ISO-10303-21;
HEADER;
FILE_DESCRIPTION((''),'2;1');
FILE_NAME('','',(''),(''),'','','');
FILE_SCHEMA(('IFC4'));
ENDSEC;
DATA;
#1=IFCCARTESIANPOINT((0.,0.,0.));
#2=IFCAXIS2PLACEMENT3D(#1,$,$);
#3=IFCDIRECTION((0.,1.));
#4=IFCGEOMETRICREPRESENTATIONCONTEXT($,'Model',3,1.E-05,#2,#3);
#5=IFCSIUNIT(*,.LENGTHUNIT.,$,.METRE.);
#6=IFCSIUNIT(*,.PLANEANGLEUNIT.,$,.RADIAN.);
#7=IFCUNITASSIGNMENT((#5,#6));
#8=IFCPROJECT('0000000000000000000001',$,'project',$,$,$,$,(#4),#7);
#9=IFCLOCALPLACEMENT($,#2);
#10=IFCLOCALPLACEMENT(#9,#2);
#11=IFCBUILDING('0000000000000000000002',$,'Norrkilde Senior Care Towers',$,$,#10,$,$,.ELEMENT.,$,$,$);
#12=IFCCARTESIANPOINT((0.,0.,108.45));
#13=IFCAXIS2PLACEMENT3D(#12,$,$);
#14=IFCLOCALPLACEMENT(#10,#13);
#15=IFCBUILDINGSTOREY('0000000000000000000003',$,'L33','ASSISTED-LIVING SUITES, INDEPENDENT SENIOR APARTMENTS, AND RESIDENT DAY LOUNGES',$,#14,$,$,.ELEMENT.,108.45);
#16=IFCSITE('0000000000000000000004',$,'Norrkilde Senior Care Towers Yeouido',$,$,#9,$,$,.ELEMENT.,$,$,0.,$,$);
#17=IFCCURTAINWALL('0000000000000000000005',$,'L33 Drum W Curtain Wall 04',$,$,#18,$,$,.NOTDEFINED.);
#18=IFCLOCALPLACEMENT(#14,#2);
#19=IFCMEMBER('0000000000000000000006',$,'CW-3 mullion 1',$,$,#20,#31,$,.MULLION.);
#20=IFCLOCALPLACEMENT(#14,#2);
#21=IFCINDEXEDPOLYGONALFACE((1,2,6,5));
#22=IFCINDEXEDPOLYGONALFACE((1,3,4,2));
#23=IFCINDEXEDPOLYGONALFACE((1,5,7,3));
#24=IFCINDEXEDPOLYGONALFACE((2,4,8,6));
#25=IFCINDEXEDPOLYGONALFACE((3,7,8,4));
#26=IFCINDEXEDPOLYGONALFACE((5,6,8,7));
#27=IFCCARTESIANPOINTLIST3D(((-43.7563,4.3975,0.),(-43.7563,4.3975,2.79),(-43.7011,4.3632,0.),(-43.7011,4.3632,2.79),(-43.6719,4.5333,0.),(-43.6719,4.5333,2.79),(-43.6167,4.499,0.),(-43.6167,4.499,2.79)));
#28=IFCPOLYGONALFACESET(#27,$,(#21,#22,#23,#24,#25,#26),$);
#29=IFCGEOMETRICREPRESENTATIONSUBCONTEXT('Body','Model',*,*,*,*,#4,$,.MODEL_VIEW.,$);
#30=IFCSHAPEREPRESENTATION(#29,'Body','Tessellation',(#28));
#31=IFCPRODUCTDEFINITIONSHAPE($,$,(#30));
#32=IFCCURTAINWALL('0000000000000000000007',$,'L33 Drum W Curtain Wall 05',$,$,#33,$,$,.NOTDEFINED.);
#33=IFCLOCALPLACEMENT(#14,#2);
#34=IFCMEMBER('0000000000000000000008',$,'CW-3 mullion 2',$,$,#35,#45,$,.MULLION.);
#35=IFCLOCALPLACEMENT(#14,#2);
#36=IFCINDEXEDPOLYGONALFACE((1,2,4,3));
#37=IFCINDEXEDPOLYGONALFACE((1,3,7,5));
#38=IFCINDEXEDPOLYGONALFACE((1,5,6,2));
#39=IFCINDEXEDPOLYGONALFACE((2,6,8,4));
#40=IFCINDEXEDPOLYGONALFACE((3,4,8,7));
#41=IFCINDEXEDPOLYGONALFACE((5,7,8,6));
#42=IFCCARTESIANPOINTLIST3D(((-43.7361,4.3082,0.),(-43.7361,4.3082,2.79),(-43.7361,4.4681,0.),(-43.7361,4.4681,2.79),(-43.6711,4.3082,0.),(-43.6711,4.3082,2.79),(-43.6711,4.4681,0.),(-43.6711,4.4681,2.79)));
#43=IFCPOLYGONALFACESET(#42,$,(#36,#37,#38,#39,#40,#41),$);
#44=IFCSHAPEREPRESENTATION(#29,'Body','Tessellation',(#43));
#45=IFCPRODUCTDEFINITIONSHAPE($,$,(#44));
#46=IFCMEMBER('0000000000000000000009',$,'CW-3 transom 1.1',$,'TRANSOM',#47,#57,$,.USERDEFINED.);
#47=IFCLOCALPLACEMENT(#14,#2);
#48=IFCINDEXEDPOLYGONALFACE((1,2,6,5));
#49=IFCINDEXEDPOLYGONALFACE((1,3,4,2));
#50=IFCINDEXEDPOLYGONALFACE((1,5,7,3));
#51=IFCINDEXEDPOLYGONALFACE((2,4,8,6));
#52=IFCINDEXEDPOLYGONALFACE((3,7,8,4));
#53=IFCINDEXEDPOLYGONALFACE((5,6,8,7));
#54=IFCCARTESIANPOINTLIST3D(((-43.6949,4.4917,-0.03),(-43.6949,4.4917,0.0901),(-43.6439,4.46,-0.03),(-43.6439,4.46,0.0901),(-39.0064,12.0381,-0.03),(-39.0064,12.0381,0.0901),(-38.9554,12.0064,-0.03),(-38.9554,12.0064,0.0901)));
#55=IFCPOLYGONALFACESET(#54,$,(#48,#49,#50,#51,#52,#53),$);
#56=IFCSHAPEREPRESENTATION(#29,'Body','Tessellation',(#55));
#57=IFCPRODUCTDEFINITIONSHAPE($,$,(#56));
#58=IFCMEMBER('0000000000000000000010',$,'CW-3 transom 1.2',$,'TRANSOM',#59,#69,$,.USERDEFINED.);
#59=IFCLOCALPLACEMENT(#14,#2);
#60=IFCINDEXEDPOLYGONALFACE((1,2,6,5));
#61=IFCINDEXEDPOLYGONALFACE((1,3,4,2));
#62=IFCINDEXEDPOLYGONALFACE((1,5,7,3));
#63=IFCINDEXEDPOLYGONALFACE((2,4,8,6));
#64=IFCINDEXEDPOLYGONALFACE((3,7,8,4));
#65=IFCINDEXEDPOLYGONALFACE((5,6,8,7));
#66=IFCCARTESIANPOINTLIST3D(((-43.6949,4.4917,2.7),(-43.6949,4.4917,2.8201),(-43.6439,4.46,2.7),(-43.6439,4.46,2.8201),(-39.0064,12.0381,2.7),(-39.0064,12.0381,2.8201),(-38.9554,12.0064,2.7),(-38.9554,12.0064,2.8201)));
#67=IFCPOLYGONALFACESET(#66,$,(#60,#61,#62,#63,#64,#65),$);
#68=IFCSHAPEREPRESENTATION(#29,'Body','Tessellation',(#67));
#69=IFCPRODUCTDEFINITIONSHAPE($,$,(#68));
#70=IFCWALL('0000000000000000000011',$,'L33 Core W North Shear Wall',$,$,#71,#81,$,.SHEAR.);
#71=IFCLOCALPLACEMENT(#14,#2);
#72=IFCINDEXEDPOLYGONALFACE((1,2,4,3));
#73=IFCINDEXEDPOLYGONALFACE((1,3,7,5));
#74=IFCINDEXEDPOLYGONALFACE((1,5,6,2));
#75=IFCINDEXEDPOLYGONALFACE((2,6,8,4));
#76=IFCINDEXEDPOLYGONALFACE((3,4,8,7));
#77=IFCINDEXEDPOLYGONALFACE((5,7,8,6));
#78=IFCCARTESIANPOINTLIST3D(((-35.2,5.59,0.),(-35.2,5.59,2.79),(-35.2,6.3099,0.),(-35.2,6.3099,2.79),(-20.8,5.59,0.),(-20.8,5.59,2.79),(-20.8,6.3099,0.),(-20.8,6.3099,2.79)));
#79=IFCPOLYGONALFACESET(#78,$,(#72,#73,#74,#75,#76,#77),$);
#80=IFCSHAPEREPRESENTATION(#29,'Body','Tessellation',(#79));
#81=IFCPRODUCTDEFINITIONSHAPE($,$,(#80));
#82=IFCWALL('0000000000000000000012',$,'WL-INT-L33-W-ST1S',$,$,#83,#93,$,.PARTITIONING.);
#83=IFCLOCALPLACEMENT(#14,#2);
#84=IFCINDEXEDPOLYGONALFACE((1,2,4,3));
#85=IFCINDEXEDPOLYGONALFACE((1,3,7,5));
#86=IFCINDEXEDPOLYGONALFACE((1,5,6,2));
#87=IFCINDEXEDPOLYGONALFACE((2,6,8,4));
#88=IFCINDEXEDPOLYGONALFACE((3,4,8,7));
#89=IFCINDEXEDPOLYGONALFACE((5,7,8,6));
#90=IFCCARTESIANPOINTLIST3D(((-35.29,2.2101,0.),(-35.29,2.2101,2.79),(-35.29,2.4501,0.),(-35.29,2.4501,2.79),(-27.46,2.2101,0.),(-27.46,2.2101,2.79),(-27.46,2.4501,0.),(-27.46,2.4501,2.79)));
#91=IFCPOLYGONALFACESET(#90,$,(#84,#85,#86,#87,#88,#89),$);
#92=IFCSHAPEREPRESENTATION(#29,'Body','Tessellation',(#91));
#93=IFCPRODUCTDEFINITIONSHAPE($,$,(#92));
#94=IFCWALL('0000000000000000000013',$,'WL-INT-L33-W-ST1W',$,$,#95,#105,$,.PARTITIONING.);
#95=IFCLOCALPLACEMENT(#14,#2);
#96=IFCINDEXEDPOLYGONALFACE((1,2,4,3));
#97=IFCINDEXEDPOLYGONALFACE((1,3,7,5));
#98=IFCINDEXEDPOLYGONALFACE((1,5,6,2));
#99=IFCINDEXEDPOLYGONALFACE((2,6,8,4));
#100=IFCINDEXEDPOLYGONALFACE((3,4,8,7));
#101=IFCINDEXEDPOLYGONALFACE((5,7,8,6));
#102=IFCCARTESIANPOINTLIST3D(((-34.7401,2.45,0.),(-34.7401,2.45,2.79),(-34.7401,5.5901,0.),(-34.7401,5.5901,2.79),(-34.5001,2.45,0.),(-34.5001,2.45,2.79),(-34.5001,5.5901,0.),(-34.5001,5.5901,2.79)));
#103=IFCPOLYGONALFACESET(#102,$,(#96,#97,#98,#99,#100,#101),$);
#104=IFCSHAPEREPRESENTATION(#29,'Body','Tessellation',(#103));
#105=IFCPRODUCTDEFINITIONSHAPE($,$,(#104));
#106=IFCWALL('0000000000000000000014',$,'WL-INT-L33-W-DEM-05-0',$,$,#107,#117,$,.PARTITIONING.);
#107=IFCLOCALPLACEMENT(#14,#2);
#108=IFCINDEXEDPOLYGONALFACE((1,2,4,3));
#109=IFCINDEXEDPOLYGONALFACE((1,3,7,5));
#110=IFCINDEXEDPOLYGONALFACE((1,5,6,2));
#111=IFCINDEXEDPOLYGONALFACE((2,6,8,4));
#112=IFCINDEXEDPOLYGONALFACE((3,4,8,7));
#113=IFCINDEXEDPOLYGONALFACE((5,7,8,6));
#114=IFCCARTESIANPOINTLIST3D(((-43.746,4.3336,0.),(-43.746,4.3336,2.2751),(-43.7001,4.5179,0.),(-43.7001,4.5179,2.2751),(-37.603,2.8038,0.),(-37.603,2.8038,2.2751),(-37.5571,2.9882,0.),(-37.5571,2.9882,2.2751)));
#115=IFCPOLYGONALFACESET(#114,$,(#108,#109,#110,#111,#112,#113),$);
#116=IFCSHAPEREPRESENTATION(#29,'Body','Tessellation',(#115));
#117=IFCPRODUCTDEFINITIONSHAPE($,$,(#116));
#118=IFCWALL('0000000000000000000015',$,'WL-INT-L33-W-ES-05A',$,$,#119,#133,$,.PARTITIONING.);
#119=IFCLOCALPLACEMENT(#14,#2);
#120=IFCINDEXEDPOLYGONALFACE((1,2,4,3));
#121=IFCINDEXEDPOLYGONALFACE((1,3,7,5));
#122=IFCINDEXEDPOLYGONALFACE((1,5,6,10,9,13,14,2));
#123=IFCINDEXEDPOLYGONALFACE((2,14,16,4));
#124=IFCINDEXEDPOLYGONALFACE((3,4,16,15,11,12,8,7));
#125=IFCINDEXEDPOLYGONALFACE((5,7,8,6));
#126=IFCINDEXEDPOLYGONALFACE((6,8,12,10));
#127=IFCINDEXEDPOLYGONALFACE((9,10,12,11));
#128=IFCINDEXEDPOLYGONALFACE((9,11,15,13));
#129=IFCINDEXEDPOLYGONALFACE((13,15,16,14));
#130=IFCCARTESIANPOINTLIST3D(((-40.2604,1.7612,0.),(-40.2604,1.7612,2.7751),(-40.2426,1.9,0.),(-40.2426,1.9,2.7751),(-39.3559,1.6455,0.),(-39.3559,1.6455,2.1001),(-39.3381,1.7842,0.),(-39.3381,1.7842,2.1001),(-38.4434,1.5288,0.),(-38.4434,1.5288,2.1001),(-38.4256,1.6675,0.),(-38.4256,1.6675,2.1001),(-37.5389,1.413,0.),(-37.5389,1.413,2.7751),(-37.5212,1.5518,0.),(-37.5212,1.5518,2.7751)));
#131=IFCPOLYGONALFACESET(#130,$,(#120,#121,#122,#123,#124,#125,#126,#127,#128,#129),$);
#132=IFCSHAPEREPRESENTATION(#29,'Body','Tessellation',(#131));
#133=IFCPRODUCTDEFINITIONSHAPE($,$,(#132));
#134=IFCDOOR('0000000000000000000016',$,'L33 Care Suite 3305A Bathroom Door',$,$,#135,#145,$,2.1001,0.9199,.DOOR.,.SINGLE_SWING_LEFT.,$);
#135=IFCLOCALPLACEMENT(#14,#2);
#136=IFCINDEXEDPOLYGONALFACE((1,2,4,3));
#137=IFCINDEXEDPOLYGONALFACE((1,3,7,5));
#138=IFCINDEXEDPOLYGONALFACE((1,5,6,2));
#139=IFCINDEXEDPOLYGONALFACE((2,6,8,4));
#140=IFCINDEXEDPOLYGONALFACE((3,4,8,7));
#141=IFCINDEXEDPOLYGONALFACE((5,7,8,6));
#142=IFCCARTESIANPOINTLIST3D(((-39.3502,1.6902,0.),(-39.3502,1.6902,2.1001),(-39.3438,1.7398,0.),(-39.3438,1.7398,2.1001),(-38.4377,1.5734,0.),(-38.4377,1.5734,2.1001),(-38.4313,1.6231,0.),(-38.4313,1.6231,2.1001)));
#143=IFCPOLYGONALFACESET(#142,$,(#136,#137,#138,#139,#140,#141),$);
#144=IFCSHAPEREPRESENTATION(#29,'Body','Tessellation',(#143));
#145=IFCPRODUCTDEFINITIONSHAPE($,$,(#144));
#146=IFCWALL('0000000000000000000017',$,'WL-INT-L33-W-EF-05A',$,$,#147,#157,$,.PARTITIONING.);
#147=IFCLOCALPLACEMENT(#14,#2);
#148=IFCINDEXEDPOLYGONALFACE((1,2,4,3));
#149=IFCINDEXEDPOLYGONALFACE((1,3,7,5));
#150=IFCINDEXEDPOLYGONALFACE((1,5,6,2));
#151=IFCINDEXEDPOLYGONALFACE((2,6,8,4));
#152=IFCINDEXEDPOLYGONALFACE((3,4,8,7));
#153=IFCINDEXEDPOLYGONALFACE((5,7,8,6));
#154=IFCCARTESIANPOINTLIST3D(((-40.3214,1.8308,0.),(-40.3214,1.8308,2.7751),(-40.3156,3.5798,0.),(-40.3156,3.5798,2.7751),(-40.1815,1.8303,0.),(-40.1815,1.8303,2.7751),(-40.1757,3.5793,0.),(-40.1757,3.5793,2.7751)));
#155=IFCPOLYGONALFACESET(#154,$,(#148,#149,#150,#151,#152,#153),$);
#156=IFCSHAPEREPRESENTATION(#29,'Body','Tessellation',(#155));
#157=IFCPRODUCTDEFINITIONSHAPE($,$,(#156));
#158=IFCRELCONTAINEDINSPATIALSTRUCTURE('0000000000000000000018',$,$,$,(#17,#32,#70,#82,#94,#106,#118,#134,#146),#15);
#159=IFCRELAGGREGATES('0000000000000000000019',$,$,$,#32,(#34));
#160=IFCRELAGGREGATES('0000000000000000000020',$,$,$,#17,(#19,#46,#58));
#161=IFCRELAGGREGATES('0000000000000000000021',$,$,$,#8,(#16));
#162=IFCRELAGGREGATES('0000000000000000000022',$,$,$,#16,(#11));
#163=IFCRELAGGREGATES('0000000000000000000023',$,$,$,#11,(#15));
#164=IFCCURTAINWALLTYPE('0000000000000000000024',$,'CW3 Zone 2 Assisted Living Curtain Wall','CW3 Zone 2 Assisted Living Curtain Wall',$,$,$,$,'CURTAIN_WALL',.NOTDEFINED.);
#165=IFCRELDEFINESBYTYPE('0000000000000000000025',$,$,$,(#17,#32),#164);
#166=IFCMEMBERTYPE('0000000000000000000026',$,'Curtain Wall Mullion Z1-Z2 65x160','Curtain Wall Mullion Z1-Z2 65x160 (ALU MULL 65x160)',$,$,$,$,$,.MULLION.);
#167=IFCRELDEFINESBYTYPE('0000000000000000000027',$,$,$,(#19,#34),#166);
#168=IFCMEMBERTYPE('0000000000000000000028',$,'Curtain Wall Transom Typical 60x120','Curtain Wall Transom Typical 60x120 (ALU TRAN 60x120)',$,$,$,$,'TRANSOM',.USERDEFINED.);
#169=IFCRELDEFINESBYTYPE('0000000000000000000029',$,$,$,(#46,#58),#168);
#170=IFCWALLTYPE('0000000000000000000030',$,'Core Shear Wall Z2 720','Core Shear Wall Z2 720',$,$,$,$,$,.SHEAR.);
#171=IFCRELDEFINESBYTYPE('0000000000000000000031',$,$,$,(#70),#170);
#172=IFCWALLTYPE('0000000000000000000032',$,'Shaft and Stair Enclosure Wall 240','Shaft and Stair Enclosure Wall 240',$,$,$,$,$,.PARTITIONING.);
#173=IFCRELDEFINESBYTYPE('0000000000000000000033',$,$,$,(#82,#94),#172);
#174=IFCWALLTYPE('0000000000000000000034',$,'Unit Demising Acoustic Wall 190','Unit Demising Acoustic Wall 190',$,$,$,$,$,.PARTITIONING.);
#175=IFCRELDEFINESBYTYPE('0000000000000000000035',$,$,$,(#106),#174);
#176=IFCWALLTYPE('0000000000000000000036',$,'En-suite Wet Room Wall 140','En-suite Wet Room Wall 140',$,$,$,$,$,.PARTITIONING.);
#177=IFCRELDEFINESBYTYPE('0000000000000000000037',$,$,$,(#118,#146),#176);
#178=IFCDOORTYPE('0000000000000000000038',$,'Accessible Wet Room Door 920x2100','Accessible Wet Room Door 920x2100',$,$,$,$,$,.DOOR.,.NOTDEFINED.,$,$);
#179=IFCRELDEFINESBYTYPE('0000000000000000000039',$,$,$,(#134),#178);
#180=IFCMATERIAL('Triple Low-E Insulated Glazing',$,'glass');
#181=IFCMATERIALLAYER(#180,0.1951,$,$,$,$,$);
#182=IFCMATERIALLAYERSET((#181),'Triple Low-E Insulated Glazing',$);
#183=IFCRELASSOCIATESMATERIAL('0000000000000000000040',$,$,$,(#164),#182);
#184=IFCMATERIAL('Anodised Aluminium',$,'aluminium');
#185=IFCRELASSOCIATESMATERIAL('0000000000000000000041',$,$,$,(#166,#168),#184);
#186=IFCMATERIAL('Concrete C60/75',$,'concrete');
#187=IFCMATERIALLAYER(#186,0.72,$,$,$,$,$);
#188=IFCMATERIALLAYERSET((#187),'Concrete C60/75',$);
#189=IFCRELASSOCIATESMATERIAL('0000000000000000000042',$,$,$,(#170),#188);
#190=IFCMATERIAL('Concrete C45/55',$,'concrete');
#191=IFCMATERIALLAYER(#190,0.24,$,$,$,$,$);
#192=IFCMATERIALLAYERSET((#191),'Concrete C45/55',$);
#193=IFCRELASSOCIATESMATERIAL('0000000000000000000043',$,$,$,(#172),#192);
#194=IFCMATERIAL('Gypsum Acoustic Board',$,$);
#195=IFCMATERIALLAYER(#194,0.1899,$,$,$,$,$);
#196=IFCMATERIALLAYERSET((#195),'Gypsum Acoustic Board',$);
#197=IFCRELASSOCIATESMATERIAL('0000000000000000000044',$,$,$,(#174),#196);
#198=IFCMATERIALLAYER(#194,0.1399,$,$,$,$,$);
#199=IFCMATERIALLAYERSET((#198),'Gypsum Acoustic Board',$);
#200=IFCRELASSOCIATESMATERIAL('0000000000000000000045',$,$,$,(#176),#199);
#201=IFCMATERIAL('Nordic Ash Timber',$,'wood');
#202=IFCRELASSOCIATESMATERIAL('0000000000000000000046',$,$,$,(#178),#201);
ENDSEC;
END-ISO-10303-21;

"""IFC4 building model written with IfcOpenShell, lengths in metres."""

from ifc_helpers import new_model, si_unit, direction, frame, frame_2d, origin, origin_2d, place, context, subcontext, project, spatial, rectangle, extrude, source, transform, mapped, material, layer, layer_set, material_profile, profile_set, type_object, type_shapes, element, fill, aggregate, save


model = new_model("IFC4")

# Units and contexts
model_context = context("Model", 3, precision=1e-05, world=origin(), true_north=direction((0.0, 1.0)))
body_context = subcontext(model_context, "Body", "Model", "MODEL_VIEW")
ifc_project = project(units=[si_unit("LENGTHUNIT", "METRE"), si_unit("PLANEANGLEUNIT", "RADIAN")], contexts=[model_context])

# Site, building, storey
site_placement = place(None, origin())
site = spatial("IfcSite", under=ifc_project, at=site_placement, Name="Norrkilde Senior Care Towers Yeouido", CompositionType="ELEMENT", RefElevation=0.0)
building_placement = place(site_placement, origin())
building = spatial("IfcBuilding", under=site, at=building_placement, Name="Norrkilde Senior Care Towers", CompositionType="ELEMENT")
storey_placement = place(building_placement, frame((0.0, 0.0, 108.45)))
storey = spatial("IfcBuildingStorey", under=building, at=storey_placement, Name="L33", Description="ASSISTED-LIVING SUITES, INDEPENDENT SENIOR APARTMENTS, AND RESIDENT DAY LOUNGES", CompositionType="ELEMENT", Elevation=108.45)

# Shared definitions
ifc_material_1 = material(Name="Concrete C60/75", Category="concrete")

# Curtain walls, members
ifc_material_2 = material(Name="Triple Low-E Insulated Glazing", Category="glass")
ifc_layer_1 = layer(ifc_material_2, 0.1951)
ifc_layer_set_1 = layer_set([ifc_layer_1], Name="Triple Low-E Insulated Glazing")
curtain_wall_type = type_object("IfcCurtainWallType", Name="CW3 Zone 2 Assisted Living Curtain Wall", Description="CW3 Zone 2 Assisted Living Curtain Wall", ElementType="CURTAIN_WALL", PredefinedType="NOTDEFINED", material=ifc_layer_set_1)
curtain_wall_1_placement = place(storey_placement, origin())
curtain_wall_1 = element("IfcCurtainWall", 1, at=curtain_wall_1_placement, inside=storey, type_object=curtain_wall_type, Name="L33 Drum W Curtain Wall 04", PredefinedType="NOTDEFINED")
ifc_material_3 = material(Name="Anodised Aluminium", Category="aluminium")
ifc_material_profile_1 = material_profile(ifc_material_3, rectangle(XDim=0.0649, YDim=0.1599, at=origin_2d()), Name="ALU MULL 65x160")
ifc_profile_set_1 = profile_set([ifc_material_profile_1], Name="Anodised Aluminium")
member_type_1 = type_object("IfcMemberType", Name="Curtain Wall Mullion Z1-Z2 65x160", Description="Curtain Wall Mullion Z1-Z2 65x160 (ALU MULL 65x160)", PredefinedType="MULLION", material=ifc_profile_set_1)
shared_shape_1 = source(origin(), body_context, "Body", "SweptSolid", [
    extrude(rectangle(XDim=0.0649, YDim=0.1599, at=origin_2d()), origin(), (0.0, 0.0, 1.0), 2.79),
])
type_shapes(member_type_1, [shared_shape_1])
member_1_placement = place(storey_placement, frame((-43.6865, 4.4482, 0.0), z_axis=(0.0, 0.0, 1.0), x_axis=(-0.84941, 0.527733, 0.0)))
member_1 = element("IfcMember", 2, at=member_1_placement, type_object=member_type_1, Name="CW-3 mullion 1", PredefinedType="MULLION", context=body_context, shape_type="MappedRepresentation", body=[
    mapped(shared_shape_1, transform((0.0, 0.0, 0.0), x_axis=(1.0, 0.0, 0.0), y_axis=(0.0, 1.0, 0.0), z_axis=(0.0, 0.0, 1.0), scale=1.0)),
])
curtain_wall_2_placement = place(storey_placement, origin())
curtain_wall_2 = element("IfcCurtainWall", 3, at=curtain_wall_2_placement, inside=storey, type_object=curtain_wall_type, Name="L33 Drum W Curtain Wall 05", PredefinedType="NOTDEFINED")
member_2_placement = place(storey_placement, frame((-43.7036, 4.3882, 0.0), z_axis=(0.0, 0.0, 1.0), x_axis=(-1.0, 0.0, 0.0)))
member_2 = element("IfcMember", 4, at=member_2_placement, type_object=member_type_1, Name="CW-3 mullion 2", PredefinedType="MULLION", context=body_context, shape_type="MappedRepresentation", body=[
    mapped(shared_shape_1, transform((0.0, 0.0, 0.0), x_axis=(1.0, 0.0, 0.0), y_axis=(0.0, 1.0, 0.0), z_axis=(0.0, 0.0, 1.0), scale=1.0)),
])
aggregate(curtain_wall_2, [member_2])

# Members
ifc_material_profile_2 = material_profile(ifc_material_3, rectangle(XDim=0.0601, YDim=0.1201, at=origin_2d()), Name="ALU TRAN 60x120")
ifc_profile_set_2 = profile_set([ifc_material_profile_2], Name="Anodised Aluminium")
member_type_2 = type_object("IfcMemberType", Name="Curtain Wall Transom Typical 60x120", Description="Curtain Wall Transom Typical 60x120 (ALU TRAN 60x120)", ElementType="TRANSOM", PredefinedType="USERDEFINED", material=ifc_profile_set_2)
shared_shape_2 = source(origin(), body_context, "Body", "SweptSolid", [
    extrude(rectangle(XDim=0.0601, YDim=0.1201, at=origin_2d()), origin(), (0.0, 0.0, 1.0), 8.8843),
])
type_shapes(member_type_2, [shared_shape_2])
member_3_placement = place(storey_placement, frame((-43.6694, 4.4758, 0.03), z_axis=(0.527729, 0.849413, 0.0), x_axis=(-0.849413, 0.527729, 0.0)))
member_3 = element("IfcMember", 5, at=member_3_placement, type_object=member_type_2, Name="CW-3 transom 1.1", ObjectType="TRANSOM", PredefinedType="USERDEFINED", context=body_context, shape_type="MappedRepresentation", body=[
    mapped(shared_shape_2, transform((0.0, 0.0, 0.0), x_axis=(1.0, 0.0, 0.0), y_axis=(0.0, 1.0, 0.0), z_axis=(0.0, 0.0, 1.0), scale=1.0)),
])
member_4_placement = place(storey_placement, frame((-43.6694, 4.4758, 2.76), z_axis=(0.527729, 0.849413, 0.0), x_axis=(-0.849413, 0.527729, 0.0)))
member_4 = element("IfcMember", 6, at=member_4_placement, type_object=member_type_2, Name="CW-3 transom 1.2", ObjectType="TRANSOM", PredefinedType="USERDEFINED", context=body_context, shape_type="MappedRepresentation", body=[
    mapped(shared_shape_2, transform((0.0, 0.0, 0.0), x_axis=(1.0, 0.0, 0.0), y_axis=(0.0, 1.0, 0.0), z_axis=(0.0, 0.0, 1.0), scale=1.0)),
])
aggregate(curtain_wall_1, [member_1, member_3, member_4])

# Walls
ifc_layer_2 = layer(ifc_material_1, 0.72)
ifc_layer_set_2 = layer_set([ifc_layer_2], Name="Concrete C60/75")
wall_type_1 = type_object("IfcWallType", Name="Core Shear Wall Z2 720", Description="Core Shear Wall Z2 720", PredefinedType="SHEAR", material=ifc_layer_set_2)
shared_shape_3 = source(origin(), body_context, "Body", "SweptSolid", [
    extrude(rectangle(XDim=14.3999, YDim=0.72, at=frame_2d((7.2, 0.0))), origin(), (0.0, 0.0, 1.0), 2.79),
])
type_shapes(wall_type_1, [shared_shape_3])
wall_1_placement = place(storey_placement, frame((-35.2, 5.95, 0.0), z_axis=(0.0, 0.0, 1.0), x_axis=(1.0, 0.0, 0.0)))
element("IfcWall", 7, at=wall_1_placement, inside=storey, type_object=wall_type_1, Name="L33 Core W North Shear Wall", PredefinedType="SHEAR", context=body_context, shape_type="MappedRepresentation", body=[
    mapped(shared_shape_3, transform((0.0, 0.0, 0.0), x_axis=(1.0, 0.0, 0.0), y_axis=(0.0, 1.0, 0.0), z_axis=(0.0, 0.0, 1.0), scale=1.0)),
])
ifc_material_4 = material(Name="Concrete C45/55", Category="concrete")
ifc_layer_3 = layer(ifc_material_4, 0.24)
ifc_layer_set_3 = layer_set([ifc_layer_3], Name="Concrete C45/55")
wall_type_2 = type_object("IfcWallType", Name="Shaft and Stair Enclosure Wall 240", Description="Shaft and Stair Enclosure Wall 240", PredefinedType="PARTITIONING", material=ifc_layer_set_3)
shared_shape_4 = source(origin(), body_context, "Body", "SweptSolid", [
    extrude(rectangle(XDim=7.8301, YDim=0.24, at=frame_2d((3.915, 0.0))), origin(), (0.0, 0.0, 1.0), 2.79),
])
wall_2_placement = place(storey_placement, frame((-35.29, 2.3301, 0.0), z_axis=(0.0, 0.0, 1.0), x_axis=(1.0, 0.0, 0.0)))
element("IfcWall", 8, at=wall_2_placement, inside=storey, type_object=wall_type_2, Name="WL-INT-L33-W-ST1S", PredefinedType="PARTITIONING", context=body_context, shape_type="MappedRepresentation", body=[
    mapped(shared_shape_4, transform((0.0, 0.0, 0.0), x_axis=(1.0, 0.0, 0.0), y_axis=(0.0, 1.0, 0.0), z_axis=(0.0, 0.0, 1.0), scale=1.0)),
])
shared_shape_5 = source(origin(), body_context, "Body", "SweptSolid", [
    extrude(rectangle(XDim=3.1401, YDim=0.24, at=frame_2d((1.5701, 0.0))), origin(), (0.0, 0.0, 1.0), 2.79),
])
type_shapes(wall_type_2, [shared_shape_4, shared_shape_5])
wall_3_placement = place(storey_placement, frame((-34.6201, 2.45, 0.0), z_axis=(0.0, 0.0, 1.0), x_axis=(0.0, 1.0, 0.0)))
element("IfcWall", 9, at=wall_3_placement, inside=storey, type_object=wall_type_2, Name="WL-INT-L33-W-ST1W", PredefinedType="PARTITIONING", context=body_context, shape_type="MappedRepresentation", body=[
    mapped(shared_shape_5, transform((0.0, 0.0, 0.0), x_axis=(1.0, 0.0, 0.0), y_axis=(0.0, 1.0, 0.0), z_axis=(0.0, 0.0, 1.0), scale=1.0)),
])
ifc_material_5 = material(Name="Gypsum Acoustic Board")
ifc_layer_4 = layer(ifc_material_5, 0.1899)
ifc_layer_set_4 = layer_set([ifc_layer_4], Name="Gypsum Acoustic Board")
wall_type_3 = type_object("IfcWallType", Name="Unit Demising Acoustic Wall 190", Description="Unit Demising Acoustic Wall 190", PredefinedType="PARTITIONING", material=ifc_layer_set_4)
shared_shape_6 = source(origin(), body_context, "Body", "SweptSolid", [
    extrude(rectangle(XDim=6.3306, YDim=0.1899, at=frame_2d((3.1653, 0.0))), origin(), (0.0, 0.0, 1.0), 2.2751),
])
type_shapes(wall_type_3, [shared_shape_6])
wall_4_placement = place(storey_placement, frame((-37.5801, 2.896, 0.0), z_axis=(0.0, 0.0, 1.0), x_axis=(-0.970364, 0.241646, 0.0)))
element("IfcWall", 10, at=wall_4_placement, inside=storey, type_object=wall_type_3, Name="WL-INT-L33-W-DEM-05-0", PredefinedType="PARTITIONING", context=body_context, shape_type="MappedRepresentation", body=[
    mapped(shared_shape_6, transform((0.0, 0.0, 0.0), x_axis=(1.0, 0.0, 0.0), y_axis=(0.0, 1.0, 0.0), z_axis=(0.0, 0.0, 1.0), scale=1.0)),
])

# Wall, opening, door
ifc_layer_5 = layer(ifc_material_5, 0.1399)
ifc_layer_set_5 = layer_set([ifc_layer_5], Name="Gypsum Acoustic Board")
wall_type_4 = type_object("IfcWallType", Name="En-suite Wet Room Wall 140", Description="En-suite Wet Room Wall 140", PredefinedType="PARTITIONING", material=ifc_layer_set_5)
shared_shape_7 = source(origin(), body_context, "Body", "SweptSolid", [
    extrude(rectangle(XDim=2.7437, YDim=0.1399, at=frame_2d((1.3718, 0.0))), origin(), (0.0, 0.0, 1.0), 2.7751),
])
wall_5_placement = place(storey_placement, frame((-37.53, 1.4824, 0.0), z_axis=(0.0, 0.0, 1.0), x_axis=(-0.991916, 0.126893, 0.0)))
wall_5 = element("IfcWall", 11, at=wall_5_placement, inside=storey, type_object=wall_type_4, Name="WL-INT-L33-W-ES-05A", PredefinedType="PARTITIONING", context=body_context, shape_type="MappedRepresentation", body=[
    mapped(shared_shape_7, transform((0.0, 0.0, 0.0), x_axis=(1.0, 0.0, 0.0), y_axis=(0.0, 1.0, 0.0), z_axis=(0.0, 0.0, 1.0), scale=1.0)),
])
opening_placement = place(wall_5_placement, frame((0.9119, 0.0, 0.0)))
opening = element("IfcOpeningElement", 12, at=opening_placement, cuts=wall_5, PredefinedType="OPENING", context=body_context, shape_type="SweptSolid", body=[
    extrude(rectangle(XDim=0.9199, YDim=2.1001, at=frame_2d((0.46, 1.05))), frame((0.0, 0.0798, 0.0), z_axis=(0.0, -1.0, 0.0), x_axis=(1.0, 0.0, 0.0)), (0.0, 0.0, 1.0), 0.1599),
])
ifc_material_6 = material(Name="Nordic Ash Timber", Category="wood")
door_type = type_object("IfcDoorType", Name="Accessible Wet Room Door 920x2100", Description="Accessible Wet Room Door 920x2100", OperationType="NOTDEFINED", PredefinedType="DOOR", material=ifc_material_6)
shared_shape_8 = source(origin(), body_context, "Body", "SweptSolid", [
    extrude(rectangle(XDim=0.9199, YDim=2.1001, at=frame_2d((0.46, 1.05))), frame((0.0, 0.0249, 0.0), z_axis=(0.0, -1.0, 0.0), x_axis=(1.0, 0.0, 0.0)), (0.0, 0.0, 1.0), 0.05),
])
type_shapes(door_type, [shared_shape_8])
door_placement = place(opening_placement, origin())
door = element("IfcDoor", 13, at=door_placement, inside=storey, type_object=door_type, Name="L33 Care Suite 3305A Bathroom Door", OperationType="SINGLE_SWING_LEFT", OverallHeight=2.1001, OverallWidth=0.9199, PredefinedType="DOOR", context=body_context, shape_type="MappedRepresentation", body=[
    mapped(shared_shape_8, transform((0.0, 0.0, 0.0), x_axis=(1.0, 0.0, 0.0), y_axis=(0.0, 1.0, 0.0), z_axis=(0.0, 0.0, 1.0), scale=1.0)),
])
fill(opening, door)

# Wall
shared_shape_9 = source(origin(), body_context, "Body", "SweptSolid", [
    extrude(rectangle(XDim=1.749, YDim=0.1399, at=frame_2d((0.8745, 0.0))), origin(), (0.0, 0.0, 1.0), 2.7751),
])
type_shapes(wall_type_4, [shared_shape_7, shared_shape_9])
wall_6_placement = place(storey_placement, frame((-40.2515, 1.8306, 0.0), z_axis=(0.0, 0.0, 1.0), x_axis=(0.00335, 0.999994, 0.0)))
element("IfcWall", 14, at=wall_6_placement, inside=storey, type_object=wall_type_4, Name="WL-INT-L33-W-EF-05A", PredefinedType="PARTITIONING", context=body_context, shape_type="MappedRepresentation", body=[
    mapped(shared_shape_9, transform((0.0, 0.0, 0.0), x_axis=(1.0, 0.0, 0.0), y_axis=(0.0, 1.0, 0.0), z_axis=(0.0, 0.0, 1.0), scale=1.0)),
])

save(model, "model.ifc")
